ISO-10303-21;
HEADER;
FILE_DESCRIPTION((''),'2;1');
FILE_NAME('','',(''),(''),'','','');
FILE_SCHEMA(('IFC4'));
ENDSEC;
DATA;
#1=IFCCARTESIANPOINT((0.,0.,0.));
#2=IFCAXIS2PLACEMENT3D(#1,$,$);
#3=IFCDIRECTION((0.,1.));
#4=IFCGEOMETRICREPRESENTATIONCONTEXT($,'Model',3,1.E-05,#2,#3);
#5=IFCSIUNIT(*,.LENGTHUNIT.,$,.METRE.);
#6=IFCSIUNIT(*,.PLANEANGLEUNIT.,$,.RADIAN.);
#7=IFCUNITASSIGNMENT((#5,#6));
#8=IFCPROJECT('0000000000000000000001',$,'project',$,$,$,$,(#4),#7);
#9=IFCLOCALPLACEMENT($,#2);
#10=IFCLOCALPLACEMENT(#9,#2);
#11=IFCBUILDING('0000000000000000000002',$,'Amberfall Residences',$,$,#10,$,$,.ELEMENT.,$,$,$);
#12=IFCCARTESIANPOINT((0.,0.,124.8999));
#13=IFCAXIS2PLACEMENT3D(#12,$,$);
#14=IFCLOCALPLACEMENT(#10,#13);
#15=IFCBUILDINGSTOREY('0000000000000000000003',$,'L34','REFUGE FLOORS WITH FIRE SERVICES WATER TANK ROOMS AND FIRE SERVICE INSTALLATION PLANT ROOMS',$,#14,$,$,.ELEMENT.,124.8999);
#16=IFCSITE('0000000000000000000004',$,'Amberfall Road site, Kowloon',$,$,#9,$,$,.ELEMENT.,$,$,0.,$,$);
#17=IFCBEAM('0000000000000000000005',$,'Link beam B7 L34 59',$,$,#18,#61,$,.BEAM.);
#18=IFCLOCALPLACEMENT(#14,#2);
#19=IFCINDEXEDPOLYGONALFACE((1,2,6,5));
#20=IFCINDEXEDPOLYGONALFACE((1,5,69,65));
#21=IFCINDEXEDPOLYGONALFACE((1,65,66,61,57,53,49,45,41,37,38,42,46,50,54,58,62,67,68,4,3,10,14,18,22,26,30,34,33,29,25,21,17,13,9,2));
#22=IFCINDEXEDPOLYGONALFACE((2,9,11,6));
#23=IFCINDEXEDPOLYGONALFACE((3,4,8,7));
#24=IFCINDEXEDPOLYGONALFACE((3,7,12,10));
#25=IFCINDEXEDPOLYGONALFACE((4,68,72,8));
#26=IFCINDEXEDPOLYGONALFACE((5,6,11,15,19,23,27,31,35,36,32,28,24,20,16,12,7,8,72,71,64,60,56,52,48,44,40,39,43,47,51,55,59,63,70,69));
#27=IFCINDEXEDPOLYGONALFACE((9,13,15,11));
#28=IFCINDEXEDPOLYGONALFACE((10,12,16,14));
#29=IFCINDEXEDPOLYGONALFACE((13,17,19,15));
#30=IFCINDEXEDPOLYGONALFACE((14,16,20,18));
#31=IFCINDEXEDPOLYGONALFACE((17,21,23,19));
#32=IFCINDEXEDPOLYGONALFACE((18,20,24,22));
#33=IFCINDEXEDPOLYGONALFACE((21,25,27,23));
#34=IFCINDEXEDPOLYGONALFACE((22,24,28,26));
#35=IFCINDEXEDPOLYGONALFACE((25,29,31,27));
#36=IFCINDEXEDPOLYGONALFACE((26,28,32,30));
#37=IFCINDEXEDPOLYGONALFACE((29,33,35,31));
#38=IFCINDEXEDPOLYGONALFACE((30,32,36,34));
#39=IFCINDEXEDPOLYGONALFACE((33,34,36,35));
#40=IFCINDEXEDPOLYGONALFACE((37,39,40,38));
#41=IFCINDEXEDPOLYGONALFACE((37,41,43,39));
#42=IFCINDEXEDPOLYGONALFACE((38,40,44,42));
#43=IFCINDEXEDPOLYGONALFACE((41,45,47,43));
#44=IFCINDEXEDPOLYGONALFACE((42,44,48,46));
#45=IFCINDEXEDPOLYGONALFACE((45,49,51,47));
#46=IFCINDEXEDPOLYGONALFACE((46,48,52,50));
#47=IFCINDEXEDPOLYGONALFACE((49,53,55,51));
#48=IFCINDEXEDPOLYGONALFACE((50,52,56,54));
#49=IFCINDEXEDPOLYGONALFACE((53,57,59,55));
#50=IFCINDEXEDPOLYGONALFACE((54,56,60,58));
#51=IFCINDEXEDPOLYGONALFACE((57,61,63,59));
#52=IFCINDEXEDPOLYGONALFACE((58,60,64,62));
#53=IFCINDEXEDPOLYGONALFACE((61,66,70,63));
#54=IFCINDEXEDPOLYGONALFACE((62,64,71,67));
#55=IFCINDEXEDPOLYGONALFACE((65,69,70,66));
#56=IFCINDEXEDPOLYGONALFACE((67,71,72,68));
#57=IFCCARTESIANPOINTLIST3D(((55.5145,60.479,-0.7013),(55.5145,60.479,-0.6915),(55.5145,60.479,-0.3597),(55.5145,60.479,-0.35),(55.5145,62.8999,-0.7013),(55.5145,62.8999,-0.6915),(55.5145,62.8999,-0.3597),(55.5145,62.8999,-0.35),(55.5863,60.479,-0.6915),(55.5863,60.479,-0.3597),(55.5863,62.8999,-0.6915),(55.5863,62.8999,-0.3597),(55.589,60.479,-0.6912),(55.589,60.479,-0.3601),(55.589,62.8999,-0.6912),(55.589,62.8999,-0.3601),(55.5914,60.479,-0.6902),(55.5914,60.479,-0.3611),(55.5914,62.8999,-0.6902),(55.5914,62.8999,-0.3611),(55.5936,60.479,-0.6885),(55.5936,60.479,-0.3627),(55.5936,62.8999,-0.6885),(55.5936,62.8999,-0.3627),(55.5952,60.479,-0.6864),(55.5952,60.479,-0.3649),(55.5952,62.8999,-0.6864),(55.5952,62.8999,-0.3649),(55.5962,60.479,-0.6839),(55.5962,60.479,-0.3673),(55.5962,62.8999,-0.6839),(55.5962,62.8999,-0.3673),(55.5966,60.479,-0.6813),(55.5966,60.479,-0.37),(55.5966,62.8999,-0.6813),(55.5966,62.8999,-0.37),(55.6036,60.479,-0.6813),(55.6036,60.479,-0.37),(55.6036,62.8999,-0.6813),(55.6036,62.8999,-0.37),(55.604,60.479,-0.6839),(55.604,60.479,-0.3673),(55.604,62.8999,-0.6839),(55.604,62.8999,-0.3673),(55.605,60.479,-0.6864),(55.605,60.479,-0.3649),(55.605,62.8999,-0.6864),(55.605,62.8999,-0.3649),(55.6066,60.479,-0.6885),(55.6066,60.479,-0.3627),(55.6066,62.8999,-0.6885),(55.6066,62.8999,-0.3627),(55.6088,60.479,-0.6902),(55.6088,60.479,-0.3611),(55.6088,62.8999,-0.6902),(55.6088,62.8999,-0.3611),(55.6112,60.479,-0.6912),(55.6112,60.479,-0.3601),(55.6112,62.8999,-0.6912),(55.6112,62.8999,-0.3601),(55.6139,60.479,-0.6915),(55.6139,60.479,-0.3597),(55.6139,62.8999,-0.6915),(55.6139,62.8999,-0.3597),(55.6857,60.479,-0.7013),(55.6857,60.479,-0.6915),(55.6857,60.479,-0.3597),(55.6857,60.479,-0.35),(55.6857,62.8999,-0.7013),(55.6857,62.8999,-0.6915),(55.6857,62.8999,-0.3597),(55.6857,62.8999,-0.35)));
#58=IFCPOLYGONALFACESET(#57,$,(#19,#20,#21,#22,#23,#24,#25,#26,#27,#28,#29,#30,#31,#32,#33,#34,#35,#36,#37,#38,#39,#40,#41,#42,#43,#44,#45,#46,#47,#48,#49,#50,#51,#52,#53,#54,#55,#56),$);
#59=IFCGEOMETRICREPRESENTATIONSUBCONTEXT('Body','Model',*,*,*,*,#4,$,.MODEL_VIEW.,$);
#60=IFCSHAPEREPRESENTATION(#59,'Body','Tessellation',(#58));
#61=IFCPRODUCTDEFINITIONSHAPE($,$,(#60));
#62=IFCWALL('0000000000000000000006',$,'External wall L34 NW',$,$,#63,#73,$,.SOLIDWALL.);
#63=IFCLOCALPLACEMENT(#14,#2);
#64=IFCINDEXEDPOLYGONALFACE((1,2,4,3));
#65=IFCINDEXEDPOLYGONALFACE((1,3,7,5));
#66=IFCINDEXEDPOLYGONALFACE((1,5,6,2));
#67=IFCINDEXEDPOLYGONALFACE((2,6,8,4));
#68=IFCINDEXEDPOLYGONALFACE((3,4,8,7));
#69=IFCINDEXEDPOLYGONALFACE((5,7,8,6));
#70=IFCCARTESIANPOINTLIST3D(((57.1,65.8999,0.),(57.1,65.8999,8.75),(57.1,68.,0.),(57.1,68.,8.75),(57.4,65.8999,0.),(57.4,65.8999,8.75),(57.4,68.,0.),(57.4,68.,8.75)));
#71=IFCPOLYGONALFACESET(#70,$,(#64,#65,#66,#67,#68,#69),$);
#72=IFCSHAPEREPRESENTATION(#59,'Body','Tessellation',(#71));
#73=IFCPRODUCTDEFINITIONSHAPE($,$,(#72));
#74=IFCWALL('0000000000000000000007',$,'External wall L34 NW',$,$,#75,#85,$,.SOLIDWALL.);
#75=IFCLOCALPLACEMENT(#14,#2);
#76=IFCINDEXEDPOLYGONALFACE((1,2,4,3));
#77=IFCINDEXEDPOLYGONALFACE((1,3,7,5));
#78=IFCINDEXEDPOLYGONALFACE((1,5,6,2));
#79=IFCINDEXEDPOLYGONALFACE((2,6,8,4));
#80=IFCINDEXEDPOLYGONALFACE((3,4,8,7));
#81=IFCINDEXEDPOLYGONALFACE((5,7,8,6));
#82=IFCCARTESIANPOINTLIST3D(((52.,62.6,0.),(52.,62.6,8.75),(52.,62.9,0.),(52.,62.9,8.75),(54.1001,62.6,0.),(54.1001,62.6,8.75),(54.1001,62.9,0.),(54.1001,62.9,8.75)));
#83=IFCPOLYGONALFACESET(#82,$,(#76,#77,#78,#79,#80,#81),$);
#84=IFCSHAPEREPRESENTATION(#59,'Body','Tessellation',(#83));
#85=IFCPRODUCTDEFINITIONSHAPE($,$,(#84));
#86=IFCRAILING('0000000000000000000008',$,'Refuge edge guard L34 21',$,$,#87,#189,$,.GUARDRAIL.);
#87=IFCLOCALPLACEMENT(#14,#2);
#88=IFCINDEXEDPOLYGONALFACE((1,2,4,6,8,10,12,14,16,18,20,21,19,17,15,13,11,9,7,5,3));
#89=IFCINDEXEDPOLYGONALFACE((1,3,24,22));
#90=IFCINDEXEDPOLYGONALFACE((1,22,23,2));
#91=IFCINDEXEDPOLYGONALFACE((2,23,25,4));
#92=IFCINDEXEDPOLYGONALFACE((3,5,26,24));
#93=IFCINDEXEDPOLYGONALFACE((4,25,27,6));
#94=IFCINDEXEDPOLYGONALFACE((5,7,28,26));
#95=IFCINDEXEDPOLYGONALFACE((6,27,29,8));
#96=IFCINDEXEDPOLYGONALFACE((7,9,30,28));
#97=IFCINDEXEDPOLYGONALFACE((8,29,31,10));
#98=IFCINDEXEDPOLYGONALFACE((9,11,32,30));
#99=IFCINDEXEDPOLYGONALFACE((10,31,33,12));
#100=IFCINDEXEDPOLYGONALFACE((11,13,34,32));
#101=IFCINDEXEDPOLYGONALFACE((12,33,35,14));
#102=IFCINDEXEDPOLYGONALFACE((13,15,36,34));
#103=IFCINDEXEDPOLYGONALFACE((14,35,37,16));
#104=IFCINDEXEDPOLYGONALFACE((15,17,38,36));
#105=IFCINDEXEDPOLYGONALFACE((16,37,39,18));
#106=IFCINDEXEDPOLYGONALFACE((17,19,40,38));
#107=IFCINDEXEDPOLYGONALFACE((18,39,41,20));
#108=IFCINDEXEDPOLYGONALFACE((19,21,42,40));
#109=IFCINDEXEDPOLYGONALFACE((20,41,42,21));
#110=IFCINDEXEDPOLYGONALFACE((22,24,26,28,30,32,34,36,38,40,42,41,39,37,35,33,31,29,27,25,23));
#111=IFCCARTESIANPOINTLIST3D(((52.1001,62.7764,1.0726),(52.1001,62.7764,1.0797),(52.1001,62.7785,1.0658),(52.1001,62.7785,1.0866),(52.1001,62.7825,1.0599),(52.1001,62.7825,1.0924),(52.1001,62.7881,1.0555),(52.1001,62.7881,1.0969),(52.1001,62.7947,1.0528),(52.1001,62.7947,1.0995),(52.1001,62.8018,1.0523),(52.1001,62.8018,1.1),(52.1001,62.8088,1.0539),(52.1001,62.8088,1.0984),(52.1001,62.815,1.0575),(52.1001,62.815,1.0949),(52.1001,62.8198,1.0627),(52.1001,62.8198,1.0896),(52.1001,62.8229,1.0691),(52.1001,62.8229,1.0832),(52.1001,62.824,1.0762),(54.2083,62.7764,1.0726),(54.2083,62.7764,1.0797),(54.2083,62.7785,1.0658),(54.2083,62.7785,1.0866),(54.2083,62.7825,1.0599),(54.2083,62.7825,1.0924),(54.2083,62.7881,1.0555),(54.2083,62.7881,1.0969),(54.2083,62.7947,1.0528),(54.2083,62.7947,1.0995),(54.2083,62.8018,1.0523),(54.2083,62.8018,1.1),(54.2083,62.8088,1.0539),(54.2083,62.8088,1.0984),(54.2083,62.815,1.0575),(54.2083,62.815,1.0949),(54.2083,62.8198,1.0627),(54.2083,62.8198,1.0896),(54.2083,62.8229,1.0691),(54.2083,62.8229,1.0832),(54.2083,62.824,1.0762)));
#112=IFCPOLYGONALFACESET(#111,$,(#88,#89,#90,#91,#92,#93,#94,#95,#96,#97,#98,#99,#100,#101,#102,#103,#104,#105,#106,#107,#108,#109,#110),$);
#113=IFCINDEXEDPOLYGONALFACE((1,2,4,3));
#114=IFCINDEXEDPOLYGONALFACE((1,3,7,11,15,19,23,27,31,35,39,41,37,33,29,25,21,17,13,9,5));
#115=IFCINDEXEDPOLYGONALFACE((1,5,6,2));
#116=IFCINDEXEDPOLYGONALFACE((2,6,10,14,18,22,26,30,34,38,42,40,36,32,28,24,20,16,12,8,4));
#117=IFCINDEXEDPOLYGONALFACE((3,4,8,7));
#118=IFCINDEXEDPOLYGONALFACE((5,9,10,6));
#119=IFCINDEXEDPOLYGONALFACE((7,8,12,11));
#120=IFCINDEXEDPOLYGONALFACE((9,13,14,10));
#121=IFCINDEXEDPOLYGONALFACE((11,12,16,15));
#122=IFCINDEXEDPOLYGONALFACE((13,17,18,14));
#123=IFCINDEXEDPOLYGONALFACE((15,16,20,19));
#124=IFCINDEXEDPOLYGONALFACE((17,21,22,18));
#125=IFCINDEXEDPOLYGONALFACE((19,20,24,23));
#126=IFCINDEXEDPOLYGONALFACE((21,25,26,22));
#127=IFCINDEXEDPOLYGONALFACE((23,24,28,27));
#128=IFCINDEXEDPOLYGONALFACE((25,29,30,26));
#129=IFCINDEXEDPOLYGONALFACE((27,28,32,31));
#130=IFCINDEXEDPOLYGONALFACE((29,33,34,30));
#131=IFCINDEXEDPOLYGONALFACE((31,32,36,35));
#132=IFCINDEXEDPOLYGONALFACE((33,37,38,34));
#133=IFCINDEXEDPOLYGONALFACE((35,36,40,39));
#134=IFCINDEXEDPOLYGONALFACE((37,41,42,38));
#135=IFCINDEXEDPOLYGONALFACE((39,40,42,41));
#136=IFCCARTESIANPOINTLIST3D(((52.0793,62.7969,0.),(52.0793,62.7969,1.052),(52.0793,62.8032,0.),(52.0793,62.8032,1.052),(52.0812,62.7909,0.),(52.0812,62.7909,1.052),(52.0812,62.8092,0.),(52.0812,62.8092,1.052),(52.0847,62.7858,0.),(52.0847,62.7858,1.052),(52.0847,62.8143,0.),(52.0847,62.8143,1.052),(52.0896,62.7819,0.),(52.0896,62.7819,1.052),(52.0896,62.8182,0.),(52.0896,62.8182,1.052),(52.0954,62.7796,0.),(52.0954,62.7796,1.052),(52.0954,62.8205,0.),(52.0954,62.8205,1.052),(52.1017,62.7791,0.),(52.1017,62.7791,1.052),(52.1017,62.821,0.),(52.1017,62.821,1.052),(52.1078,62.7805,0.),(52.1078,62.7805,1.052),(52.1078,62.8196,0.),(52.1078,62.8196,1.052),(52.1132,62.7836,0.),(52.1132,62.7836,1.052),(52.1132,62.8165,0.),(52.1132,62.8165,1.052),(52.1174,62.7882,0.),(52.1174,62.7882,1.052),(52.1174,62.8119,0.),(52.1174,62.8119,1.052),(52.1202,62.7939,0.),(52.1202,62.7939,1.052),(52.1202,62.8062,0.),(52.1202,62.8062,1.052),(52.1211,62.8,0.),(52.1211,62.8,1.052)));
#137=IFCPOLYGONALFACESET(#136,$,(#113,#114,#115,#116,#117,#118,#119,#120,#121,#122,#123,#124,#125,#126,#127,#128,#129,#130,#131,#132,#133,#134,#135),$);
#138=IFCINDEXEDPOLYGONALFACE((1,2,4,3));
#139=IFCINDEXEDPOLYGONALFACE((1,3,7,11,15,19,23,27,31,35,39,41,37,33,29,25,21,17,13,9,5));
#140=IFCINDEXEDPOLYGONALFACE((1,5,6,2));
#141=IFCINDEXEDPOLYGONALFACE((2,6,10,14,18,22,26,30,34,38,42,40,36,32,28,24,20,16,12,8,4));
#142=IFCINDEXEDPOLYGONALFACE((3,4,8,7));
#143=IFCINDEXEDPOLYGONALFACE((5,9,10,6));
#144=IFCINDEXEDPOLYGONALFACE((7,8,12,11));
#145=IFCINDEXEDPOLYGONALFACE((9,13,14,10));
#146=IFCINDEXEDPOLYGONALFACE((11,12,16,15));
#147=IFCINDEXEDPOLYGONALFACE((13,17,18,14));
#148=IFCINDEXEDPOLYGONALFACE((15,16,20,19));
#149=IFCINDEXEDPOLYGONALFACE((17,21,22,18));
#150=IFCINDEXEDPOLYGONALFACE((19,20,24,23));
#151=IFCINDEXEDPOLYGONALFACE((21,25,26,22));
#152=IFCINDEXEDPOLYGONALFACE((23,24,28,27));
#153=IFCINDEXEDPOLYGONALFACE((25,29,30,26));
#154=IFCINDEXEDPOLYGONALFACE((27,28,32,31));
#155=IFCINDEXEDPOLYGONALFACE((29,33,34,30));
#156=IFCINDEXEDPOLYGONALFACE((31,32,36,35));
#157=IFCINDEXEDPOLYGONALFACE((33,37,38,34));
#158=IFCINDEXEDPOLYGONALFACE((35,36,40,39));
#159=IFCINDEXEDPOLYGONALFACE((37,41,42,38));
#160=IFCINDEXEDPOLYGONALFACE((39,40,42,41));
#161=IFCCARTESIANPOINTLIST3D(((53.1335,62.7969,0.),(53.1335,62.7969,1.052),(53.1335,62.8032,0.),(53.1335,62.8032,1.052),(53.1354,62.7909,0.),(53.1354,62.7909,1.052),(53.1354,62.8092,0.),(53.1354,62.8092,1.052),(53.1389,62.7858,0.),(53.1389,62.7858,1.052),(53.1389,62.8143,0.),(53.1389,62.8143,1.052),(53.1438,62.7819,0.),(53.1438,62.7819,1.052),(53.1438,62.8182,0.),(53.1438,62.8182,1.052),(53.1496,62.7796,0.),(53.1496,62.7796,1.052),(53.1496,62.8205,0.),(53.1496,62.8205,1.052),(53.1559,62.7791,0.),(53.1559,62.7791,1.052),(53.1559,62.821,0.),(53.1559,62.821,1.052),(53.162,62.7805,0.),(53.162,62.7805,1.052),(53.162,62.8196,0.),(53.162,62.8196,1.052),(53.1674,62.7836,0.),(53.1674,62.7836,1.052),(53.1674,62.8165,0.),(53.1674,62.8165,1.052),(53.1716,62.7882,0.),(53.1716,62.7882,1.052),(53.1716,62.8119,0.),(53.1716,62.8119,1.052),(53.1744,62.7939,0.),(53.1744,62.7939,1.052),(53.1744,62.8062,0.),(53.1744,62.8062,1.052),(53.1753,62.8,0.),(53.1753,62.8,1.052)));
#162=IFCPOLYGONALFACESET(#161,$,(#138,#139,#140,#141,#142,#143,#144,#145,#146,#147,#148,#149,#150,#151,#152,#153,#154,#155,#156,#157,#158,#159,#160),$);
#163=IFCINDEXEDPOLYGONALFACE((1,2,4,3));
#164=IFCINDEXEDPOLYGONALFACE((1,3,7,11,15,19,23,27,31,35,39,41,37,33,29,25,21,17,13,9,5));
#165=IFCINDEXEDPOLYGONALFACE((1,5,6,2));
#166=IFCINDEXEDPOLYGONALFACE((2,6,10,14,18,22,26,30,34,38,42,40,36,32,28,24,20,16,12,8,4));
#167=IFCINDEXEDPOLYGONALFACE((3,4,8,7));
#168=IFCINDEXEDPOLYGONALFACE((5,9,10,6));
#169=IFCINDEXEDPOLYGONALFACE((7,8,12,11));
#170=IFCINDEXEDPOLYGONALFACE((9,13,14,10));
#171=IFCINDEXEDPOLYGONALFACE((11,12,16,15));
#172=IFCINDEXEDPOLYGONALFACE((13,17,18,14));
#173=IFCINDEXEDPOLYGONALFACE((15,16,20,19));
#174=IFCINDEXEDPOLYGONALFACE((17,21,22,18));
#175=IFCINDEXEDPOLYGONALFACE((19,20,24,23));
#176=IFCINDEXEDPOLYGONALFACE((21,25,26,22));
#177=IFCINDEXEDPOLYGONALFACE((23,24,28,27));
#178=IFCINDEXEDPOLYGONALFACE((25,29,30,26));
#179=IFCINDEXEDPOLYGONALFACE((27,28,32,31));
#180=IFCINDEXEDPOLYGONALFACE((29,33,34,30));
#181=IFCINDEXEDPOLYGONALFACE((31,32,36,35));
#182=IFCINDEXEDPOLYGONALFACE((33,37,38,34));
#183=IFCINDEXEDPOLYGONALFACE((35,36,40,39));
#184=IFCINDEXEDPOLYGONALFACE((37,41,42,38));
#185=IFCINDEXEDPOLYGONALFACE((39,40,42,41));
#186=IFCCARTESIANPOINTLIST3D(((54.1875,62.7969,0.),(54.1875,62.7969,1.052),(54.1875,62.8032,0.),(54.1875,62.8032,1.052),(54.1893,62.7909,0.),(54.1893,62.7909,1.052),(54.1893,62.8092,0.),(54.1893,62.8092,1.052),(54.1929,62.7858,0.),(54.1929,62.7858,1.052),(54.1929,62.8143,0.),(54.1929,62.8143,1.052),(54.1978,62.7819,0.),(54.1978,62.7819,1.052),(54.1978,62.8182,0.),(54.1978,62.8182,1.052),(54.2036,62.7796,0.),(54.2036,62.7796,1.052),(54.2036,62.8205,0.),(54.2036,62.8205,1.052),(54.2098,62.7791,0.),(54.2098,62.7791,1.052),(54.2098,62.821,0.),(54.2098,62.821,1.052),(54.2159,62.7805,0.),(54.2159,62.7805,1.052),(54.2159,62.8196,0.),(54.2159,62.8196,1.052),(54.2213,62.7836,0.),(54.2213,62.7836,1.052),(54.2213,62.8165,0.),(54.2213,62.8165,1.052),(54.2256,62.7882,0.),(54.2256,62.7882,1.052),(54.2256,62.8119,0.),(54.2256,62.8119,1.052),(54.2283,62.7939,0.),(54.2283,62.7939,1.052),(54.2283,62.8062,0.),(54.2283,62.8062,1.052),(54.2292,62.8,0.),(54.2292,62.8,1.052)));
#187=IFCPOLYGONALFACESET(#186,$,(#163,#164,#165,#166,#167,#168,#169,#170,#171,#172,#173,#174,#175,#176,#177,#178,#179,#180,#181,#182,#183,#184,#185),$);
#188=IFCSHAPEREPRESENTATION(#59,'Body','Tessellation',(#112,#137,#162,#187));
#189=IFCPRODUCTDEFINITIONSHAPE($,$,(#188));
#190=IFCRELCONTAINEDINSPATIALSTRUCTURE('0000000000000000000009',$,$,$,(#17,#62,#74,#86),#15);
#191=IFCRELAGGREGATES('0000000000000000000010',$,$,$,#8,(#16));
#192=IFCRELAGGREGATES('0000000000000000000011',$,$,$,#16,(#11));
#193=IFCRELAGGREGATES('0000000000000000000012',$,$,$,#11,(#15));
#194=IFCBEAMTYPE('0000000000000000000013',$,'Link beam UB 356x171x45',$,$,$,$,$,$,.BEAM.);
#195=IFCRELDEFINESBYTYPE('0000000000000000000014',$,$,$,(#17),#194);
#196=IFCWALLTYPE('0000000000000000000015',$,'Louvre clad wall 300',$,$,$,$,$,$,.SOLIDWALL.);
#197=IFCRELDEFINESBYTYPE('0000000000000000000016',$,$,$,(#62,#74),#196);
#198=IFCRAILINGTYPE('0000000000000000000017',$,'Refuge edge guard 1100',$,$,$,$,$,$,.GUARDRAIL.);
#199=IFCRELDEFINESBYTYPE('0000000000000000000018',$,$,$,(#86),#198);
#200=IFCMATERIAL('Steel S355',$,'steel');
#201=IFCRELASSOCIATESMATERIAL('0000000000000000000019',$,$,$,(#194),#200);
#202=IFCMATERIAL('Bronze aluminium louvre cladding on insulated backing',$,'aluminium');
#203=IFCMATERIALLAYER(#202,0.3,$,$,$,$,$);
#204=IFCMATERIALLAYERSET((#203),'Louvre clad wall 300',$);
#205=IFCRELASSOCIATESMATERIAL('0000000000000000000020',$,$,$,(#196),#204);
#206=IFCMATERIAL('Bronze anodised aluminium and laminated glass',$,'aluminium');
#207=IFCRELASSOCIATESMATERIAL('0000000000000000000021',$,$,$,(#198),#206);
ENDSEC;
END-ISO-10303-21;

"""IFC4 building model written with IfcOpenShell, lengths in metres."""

from ifc_helpers import new_model, si_unit, direction, frame, frame_2d, origin, origin_2d, place, context, subcontext, project, spatial, rectangle, circle, i_section, extrude, material, layer, layer_set, material_profile, profile_set, type_object, element, save


model = new_model("IFC4")

# Units and contexts
model_context = context("Model", 3, precision=1e-05, world=origin(), true_north=direction((0.0, 1.0)))
body_context = subcontext(model_context, "Body", "Model", "MODEL_VIEW")
ifc_project = project(units=[si_unit("LENGTHUNIT", "METRE"), si_unit("PLANEANGLEUNIT", "RADIAN")], contexts=[model_context])

# Site, building, storey
site_placement = place(None, origin())
site = spatial("IfcSite", under=ifc_project, at=site_placement, Name="Amberfall Road site, Kowloon", CompositionType="ELEMENT", RefElevation=0.0)
building_placement = place(site_placement, origin())
building = spatial("IfcBuilding", under=site, at=building_placement, Name="Amberfall Residences", CompositionType="ELEMENT")
storey_placement = place(building_placement, frame((0.0, 0.0, 124.8999)))
storey = spatial("IfcBuildingStorey", under=building, at=storey_placement, Name="L34", Description="REFUGE FLOORS WITH FIRE SERVICES WATER TANK ROOMS AND FIRE SERVICE INSTALLATION PLANT ROOMS", CompositionType="ELEMENT", Elevation=124.8999)

# Shared definitions
ifc_material_1 = material(Name="Steel S355", Category="steel")

# Beam
ifc_material_profile_1 = material_profile(ifc_material_1, i_section(OverallWidth=0.1711, OverallDepth=0.3513, WebThickness=0.0071, FlangeThickness=0.0098, FilletRadius=0.0103, at=origin_2d()), Name="UB 356x171x45")
ifc_profile_set_1 = profile_set([ifc_material_profile_1], Name="Steel S355")
beam_type_1 = type_object("IfcBeamType", Name="Link beam UB 356x171x45", PredefinedType="BEAM", material=ifc_profile_set_1)
beam_1_placement = place(storey_placement, frame((55.6001, 62.8999, -0.5256), z_axis=(0.0, -1.0, 0.0), x_axis=(1.0, 0.0, 0.0)))
element("IfcBeam", 1, at=beam_1_placement, inside=storey, type_object=beam_type_1, Name="Link beam B7 L34 59", PredefinedType="BEAM", context=body_context, shape_type="SweptSolid", body=[
    extrude(i_section(OverallWidth=0.1711, OverallDepth=0.3513, WebThickness=0.0071, FlangeThickness=0.0098, FilletRadius=0.0103, at=origin_2d()), origin(), (0.0, 0.0, 1.0), 2.4209),
])

# Walls
ifc_material_2 = material(Name="Bronze aluminium louvre cladding on insulated backing", Category="aluminium")
ifc_layer = layer(ifc_material_2, 0.3)
ifc_layer_set = layer_set([ifc_layer], Name="Louvre clad wall 300")
wall_type = type_object("IfcWallType", Name="Louvre clad wall 300", PredefinedType="SOLIDWALL", material=ifc_layer_set)
for number, where, z_axis, x_axis, name in (
    (2, (57.25, 68.0, 0.0), (0.0, 0.0, 1.0), (0.0, -1.0, 0.0), "External wall L34 NW"),
    (3, (54.1001, 62.75, 0.0), (0.0, 0.0, 1.0), (-1.0, 0.0, 0.0), "External wall L34 NW"),
):
    element("IfcWall", number, at=place(storey_placement, frame(where, z_axis=z_axis, x_axis=x_axis)), inside=storey, type_object=wall_type, Name=name, PredefinedType="SOLIDWALL", context=body_context, shape_type="SweptSolid", body=[
        extrude(rectangle(XDim=2.1001, YDim=0.3, at=frame_2d((1.05, 0.0))), origin(), (0.0, 0.0, 1.0), 8.75),
    ])

# Railing
ifc_material_3 = material(Name="Bronze anodised aluminium and laminated glass", Category="aluminium")
railing_type = type_object("IfcRailingType", Name="Refuge edge guard 1100", PredefinedType="GUARDRAIL", material=ifc_material_3)
railing_1_placement = place(storey_placement, frame((52.1001, 62.8, 0.0)))
element("IfcRailing", 4, at=railing_1_placement, inside=storey, type_object=railing_type, Name="Refuge edge guard L34 21", PredefinedType="GUARDRAIL", context=body_context, shape_type="SweptSolid", body=[
    extrude(circle(Radius=0.0239, at=origin_2d()), frame((0.0, 0.0, 1.0762), z_axis=(1.0, 0.0, 0.0), x_axis=(0.0, 1.0, 0.0)), (0.0, 0.0, 1.0), 2.1082),
    extrude(circle(Radius=0.021, at=origin_2d()), origin(), (0.0, 0.0, 1.0), 1.052),
    extrude(circle(Radius=0.021, at=origin_2d()), frame((1.0542, 0.0, 0.0)), (0.0, 0.0, 1.0), 1.052),
    extrude(circle(Radius=0.021, at=origin_2d()), frame((2.1082, 0.0, 0.0)), (0.0, 0.0, 1.0), 1.052),
])

save(model, "model.ifc")
